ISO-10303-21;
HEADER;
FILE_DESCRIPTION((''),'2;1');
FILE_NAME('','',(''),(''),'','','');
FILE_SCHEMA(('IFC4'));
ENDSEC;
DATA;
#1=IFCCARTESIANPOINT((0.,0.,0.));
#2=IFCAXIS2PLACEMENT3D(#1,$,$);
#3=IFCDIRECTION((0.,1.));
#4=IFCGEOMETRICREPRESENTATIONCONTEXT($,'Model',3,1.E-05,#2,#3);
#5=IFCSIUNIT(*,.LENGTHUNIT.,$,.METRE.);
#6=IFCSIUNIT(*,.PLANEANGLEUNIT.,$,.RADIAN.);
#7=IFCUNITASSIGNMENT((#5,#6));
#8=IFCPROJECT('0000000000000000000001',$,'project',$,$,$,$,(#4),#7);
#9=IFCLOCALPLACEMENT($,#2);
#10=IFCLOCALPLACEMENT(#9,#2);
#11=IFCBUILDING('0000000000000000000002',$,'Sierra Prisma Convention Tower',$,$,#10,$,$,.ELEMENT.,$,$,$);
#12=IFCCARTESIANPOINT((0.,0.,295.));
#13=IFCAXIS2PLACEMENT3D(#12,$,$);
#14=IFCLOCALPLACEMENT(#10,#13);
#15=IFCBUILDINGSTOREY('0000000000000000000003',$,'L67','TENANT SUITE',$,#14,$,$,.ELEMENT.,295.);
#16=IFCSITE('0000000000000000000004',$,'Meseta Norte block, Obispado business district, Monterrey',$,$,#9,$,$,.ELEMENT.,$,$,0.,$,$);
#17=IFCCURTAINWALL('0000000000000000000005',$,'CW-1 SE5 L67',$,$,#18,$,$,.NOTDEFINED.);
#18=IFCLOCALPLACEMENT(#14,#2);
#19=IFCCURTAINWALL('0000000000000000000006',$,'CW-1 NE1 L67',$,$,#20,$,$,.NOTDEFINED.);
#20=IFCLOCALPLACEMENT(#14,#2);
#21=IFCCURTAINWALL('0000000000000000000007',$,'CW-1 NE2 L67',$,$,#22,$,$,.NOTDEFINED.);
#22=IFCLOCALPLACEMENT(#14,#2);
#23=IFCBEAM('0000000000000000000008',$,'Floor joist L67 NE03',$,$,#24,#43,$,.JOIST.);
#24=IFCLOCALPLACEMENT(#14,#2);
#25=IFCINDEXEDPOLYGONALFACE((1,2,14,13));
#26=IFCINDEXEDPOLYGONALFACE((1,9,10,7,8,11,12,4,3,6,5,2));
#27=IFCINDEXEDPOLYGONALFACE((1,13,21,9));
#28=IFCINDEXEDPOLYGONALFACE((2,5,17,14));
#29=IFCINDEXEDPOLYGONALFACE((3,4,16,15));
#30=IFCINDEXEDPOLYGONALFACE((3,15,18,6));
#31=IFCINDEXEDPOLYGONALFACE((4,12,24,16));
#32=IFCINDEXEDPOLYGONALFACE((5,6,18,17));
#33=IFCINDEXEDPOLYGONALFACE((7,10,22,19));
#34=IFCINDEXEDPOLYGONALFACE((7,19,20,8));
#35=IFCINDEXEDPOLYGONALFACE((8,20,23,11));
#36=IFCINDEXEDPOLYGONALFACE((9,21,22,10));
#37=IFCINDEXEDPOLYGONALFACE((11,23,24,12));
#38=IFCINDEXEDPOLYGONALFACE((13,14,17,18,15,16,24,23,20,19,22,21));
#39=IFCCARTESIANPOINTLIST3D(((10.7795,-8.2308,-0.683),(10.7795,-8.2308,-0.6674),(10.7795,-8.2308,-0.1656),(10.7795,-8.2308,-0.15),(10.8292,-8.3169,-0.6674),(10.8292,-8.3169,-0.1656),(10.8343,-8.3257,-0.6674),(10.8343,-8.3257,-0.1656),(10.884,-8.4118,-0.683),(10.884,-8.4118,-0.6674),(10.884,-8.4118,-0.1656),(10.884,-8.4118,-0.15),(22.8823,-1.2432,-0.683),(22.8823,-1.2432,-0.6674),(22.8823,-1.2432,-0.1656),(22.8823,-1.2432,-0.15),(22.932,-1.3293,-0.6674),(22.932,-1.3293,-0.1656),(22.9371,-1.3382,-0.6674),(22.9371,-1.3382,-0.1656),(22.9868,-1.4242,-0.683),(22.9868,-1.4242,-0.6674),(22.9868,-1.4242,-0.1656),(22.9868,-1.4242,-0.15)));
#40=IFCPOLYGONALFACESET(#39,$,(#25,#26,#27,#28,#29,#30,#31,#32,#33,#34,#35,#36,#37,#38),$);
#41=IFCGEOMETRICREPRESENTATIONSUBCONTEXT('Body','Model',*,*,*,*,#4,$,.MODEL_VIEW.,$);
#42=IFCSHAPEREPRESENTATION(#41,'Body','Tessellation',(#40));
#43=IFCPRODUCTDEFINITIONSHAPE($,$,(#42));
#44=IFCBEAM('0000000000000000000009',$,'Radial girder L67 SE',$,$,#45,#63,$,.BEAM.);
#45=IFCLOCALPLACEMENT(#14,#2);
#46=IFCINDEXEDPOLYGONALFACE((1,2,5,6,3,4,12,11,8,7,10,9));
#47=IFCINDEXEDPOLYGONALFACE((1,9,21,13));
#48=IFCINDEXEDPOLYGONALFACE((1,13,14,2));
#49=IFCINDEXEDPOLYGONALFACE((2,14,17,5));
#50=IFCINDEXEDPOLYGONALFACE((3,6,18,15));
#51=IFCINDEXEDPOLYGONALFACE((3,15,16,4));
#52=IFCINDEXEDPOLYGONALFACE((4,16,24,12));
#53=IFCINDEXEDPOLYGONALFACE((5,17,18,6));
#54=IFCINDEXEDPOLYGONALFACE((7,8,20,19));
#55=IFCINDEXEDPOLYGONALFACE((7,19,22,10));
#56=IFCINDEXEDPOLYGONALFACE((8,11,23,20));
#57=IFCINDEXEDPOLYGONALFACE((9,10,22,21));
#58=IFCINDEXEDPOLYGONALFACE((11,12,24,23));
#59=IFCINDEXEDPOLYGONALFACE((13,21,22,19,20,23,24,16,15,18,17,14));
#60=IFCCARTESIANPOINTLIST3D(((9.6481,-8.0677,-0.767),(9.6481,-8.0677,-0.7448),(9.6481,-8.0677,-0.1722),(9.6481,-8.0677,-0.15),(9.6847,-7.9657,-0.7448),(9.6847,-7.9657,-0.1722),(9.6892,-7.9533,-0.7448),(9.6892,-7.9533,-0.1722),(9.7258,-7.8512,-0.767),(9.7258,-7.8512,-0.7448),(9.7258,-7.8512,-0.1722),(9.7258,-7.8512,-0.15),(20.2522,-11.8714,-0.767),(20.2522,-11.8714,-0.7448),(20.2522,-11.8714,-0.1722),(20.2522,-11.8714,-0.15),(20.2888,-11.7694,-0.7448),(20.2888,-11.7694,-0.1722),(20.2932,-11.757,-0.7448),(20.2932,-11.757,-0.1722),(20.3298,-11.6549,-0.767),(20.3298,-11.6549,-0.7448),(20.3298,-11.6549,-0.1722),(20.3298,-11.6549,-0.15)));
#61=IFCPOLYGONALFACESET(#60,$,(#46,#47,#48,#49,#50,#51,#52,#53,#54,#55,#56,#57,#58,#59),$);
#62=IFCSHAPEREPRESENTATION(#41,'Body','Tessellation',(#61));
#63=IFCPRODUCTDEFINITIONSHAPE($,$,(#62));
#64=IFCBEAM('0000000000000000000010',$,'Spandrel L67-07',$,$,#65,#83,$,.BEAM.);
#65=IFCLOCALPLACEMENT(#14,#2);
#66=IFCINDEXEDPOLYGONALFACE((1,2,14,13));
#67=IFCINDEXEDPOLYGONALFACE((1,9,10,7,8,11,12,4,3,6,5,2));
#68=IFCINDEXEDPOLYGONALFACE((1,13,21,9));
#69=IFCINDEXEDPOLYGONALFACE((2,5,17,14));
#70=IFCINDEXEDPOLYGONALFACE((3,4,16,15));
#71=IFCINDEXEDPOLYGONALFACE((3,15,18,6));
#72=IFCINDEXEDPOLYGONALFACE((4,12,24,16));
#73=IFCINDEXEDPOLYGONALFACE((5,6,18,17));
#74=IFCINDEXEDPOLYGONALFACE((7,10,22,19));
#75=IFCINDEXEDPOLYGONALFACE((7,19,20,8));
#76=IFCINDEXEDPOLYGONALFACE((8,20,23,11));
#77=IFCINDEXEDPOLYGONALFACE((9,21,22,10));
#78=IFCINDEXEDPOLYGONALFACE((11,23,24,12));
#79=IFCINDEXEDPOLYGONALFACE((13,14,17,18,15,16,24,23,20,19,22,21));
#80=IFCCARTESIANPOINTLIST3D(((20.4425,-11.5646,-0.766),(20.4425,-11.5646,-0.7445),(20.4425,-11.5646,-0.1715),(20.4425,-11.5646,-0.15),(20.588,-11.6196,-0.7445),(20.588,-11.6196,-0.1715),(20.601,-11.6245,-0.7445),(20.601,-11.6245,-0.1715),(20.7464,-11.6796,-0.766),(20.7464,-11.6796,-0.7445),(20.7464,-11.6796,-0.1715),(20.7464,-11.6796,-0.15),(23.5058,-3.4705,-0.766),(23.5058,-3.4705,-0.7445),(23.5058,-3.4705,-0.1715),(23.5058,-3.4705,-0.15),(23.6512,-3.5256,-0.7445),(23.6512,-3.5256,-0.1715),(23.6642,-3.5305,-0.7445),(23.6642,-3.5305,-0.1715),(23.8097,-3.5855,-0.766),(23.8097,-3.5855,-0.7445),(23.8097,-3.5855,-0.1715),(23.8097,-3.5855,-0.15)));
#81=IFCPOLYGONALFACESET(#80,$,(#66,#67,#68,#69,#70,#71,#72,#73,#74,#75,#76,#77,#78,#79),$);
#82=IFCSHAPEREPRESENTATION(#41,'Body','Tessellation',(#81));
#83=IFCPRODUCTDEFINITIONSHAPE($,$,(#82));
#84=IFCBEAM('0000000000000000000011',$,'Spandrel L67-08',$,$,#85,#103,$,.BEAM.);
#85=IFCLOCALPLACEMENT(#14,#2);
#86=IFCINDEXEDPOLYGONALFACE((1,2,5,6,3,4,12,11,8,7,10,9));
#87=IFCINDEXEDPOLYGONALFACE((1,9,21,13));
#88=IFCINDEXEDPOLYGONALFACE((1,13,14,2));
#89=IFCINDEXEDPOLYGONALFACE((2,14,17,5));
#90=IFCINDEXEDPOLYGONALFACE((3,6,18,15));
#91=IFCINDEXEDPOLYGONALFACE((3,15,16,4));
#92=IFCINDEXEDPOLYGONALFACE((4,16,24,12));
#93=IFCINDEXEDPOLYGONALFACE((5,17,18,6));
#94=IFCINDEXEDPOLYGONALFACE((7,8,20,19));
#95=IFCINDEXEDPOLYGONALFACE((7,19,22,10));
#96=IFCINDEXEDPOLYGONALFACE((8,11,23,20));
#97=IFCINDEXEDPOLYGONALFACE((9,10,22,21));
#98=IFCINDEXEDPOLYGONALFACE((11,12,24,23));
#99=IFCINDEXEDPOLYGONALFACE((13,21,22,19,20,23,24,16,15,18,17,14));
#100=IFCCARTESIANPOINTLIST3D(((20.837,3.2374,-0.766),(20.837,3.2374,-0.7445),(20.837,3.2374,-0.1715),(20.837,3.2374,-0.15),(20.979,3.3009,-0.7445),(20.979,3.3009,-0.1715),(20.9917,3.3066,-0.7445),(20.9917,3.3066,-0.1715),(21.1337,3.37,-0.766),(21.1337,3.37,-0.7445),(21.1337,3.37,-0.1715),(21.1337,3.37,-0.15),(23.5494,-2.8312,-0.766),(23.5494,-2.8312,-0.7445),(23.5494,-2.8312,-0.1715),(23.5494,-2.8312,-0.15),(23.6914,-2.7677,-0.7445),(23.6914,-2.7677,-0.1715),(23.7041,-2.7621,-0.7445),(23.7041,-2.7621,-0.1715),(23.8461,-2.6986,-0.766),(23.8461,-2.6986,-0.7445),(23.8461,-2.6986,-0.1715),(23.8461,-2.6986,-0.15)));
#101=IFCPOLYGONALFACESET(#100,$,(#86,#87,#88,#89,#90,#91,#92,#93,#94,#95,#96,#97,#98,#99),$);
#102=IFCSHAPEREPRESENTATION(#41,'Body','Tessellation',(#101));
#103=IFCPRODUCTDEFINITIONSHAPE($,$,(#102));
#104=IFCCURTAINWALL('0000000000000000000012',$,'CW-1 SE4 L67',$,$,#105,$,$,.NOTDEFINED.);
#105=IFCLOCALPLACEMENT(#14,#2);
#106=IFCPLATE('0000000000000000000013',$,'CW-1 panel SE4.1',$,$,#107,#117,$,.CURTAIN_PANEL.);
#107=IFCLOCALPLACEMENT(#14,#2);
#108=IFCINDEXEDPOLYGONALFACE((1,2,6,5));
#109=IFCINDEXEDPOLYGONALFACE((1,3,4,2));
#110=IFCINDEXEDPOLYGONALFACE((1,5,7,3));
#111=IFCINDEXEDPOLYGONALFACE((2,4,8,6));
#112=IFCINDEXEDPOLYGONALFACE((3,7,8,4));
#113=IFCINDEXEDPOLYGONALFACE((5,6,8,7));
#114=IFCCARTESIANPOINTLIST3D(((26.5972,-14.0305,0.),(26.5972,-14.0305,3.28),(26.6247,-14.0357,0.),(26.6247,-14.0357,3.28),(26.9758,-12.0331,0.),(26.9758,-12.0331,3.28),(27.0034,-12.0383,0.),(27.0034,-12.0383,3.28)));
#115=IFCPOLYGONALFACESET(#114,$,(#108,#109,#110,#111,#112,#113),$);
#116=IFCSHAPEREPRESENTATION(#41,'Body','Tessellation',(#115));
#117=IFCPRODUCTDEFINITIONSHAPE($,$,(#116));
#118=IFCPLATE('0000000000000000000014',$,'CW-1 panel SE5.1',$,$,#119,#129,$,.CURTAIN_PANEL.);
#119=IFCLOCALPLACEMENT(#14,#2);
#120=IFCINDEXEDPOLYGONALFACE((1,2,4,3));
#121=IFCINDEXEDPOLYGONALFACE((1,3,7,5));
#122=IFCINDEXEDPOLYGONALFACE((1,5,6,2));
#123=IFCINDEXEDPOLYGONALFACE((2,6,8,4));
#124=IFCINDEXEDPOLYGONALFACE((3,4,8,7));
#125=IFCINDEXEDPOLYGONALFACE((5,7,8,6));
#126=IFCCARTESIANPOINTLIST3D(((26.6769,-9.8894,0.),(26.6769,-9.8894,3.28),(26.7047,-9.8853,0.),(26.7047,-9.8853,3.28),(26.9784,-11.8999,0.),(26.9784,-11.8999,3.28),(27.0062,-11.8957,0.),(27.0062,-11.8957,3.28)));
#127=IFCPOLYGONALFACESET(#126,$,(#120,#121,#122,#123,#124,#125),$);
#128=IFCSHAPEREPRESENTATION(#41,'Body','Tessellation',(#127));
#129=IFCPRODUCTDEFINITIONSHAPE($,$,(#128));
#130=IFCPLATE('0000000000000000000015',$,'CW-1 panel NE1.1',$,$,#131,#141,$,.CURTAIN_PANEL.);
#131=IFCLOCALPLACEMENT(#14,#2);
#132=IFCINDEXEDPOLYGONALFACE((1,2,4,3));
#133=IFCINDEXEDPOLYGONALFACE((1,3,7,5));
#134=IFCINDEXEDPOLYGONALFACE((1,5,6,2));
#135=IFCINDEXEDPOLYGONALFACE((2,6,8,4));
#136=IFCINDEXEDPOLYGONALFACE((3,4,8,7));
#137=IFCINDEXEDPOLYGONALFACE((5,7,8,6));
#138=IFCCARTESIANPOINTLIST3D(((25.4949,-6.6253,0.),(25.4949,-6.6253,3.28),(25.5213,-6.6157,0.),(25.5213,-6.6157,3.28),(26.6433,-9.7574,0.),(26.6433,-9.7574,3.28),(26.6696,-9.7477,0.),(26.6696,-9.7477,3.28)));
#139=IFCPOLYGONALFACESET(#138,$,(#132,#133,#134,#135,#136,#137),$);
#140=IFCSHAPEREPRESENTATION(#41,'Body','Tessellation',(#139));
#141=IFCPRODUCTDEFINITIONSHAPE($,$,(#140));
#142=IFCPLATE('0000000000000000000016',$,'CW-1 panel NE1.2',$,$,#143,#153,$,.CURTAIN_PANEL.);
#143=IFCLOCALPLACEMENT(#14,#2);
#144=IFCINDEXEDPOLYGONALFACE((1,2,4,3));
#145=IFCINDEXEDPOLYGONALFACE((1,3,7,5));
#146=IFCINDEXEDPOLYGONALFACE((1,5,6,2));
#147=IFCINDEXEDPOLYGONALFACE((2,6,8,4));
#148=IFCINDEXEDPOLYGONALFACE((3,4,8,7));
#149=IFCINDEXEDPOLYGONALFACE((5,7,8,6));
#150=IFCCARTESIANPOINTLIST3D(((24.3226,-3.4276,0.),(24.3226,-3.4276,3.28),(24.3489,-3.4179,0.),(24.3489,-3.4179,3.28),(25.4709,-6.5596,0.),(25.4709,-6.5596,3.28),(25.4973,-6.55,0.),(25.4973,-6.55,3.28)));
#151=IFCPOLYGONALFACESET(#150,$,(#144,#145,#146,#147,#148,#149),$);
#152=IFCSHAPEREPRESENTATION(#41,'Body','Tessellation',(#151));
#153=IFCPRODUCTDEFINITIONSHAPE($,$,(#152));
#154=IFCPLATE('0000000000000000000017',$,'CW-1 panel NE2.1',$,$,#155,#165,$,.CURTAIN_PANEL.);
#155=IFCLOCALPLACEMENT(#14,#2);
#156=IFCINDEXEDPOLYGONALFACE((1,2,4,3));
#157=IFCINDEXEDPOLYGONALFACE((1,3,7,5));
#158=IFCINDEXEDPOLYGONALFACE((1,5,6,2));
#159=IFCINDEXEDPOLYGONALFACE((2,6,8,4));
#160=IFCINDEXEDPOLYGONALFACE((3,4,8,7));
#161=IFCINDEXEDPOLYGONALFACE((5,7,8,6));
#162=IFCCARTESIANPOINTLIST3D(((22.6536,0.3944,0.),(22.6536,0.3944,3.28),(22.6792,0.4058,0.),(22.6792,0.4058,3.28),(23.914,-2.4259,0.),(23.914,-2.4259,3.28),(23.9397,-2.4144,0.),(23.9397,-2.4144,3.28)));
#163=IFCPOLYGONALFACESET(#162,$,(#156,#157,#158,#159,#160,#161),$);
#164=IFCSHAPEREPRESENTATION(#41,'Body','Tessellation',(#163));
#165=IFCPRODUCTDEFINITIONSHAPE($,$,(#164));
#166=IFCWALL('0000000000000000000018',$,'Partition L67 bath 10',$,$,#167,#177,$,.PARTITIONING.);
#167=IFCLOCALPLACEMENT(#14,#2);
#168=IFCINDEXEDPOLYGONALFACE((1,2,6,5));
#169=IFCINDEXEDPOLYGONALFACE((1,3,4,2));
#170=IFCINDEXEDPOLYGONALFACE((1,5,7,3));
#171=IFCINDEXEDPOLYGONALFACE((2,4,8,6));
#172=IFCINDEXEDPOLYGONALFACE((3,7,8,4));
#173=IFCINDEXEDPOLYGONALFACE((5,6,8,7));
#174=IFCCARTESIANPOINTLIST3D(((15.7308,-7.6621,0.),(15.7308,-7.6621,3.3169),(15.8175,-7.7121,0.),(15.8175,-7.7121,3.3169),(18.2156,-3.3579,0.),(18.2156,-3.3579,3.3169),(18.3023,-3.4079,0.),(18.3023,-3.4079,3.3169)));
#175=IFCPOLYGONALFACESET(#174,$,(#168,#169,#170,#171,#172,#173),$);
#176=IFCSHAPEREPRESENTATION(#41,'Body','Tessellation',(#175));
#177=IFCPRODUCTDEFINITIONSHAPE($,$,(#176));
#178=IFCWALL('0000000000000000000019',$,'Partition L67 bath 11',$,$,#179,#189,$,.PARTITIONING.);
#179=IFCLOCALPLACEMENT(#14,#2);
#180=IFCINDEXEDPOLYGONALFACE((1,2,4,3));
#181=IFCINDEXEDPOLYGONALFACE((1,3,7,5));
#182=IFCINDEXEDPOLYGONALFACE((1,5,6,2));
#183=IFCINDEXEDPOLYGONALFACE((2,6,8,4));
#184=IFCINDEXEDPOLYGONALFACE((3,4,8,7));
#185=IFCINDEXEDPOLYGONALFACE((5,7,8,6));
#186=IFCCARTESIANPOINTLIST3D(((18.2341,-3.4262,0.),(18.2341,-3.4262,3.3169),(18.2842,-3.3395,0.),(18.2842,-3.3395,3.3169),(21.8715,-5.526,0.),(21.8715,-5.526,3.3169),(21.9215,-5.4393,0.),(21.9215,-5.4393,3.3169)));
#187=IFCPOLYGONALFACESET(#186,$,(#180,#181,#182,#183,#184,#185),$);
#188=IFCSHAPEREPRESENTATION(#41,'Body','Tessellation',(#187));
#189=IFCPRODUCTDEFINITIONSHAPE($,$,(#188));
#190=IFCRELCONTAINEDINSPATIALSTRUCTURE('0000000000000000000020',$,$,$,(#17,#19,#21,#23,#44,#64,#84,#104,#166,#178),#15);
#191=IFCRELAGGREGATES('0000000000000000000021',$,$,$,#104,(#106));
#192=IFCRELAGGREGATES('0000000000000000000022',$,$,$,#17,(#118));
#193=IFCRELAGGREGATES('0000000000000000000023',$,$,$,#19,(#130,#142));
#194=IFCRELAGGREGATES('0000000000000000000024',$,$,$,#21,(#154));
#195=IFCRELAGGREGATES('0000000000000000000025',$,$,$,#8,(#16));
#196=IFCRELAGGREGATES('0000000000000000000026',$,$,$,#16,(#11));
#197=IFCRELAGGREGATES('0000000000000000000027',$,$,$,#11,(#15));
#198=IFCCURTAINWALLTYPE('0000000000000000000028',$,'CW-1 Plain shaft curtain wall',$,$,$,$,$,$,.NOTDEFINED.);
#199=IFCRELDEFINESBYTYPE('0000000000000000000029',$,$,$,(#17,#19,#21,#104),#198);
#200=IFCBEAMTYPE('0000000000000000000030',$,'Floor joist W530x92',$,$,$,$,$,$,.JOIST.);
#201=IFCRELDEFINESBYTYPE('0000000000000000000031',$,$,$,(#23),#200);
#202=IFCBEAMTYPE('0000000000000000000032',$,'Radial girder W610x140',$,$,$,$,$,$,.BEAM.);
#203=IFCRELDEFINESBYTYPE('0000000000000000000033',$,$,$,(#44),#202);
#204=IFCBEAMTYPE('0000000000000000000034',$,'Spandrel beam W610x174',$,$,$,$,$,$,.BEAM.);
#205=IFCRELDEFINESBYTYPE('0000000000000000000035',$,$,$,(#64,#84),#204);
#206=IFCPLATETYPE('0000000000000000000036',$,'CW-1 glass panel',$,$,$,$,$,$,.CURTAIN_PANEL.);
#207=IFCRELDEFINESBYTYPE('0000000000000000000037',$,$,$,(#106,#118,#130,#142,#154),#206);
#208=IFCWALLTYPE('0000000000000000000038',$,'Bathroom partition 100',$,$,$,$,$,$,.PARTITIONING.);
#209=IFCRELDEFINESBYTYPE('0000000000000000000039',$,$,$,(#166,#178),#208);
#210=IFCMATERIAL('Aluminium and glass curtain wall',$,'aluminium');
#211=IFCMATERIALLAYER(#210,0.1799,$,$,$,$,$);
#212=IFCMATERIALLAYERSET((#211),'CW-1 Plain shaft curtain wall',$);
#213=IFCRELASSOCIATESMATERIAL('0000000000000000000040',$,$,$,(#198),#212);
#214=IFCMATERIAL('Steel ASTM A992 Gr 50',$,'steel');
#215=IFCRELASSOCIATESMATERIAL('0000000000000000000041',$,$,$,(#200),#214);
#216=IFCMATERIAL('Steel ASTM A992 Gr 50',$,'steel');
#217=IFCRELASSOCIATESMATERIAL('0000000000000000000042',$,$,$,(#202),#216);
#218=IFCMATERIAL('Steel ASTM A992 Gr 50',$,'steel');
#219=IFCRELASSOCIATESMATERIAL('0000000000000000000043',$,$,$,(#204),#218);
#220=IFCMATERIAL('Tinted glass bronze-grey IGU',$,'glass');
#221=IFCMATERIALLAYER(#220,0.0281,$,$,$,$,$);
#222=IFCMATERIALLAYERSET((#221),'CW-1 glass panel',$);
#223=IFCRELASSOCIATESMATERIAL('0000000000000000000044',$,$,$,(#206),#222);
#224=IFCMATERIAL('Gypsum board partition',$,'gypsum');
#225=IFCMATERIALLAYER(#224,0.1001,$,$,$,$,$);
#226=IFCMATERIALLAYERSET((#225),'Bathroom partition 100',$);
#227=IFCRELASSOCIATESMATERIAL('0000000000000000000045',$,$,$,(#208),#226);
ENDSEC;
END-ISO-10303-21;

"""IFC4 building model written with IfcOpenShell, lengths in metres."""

from ifc_helpers import new_model, si_unit, direction, frame, frame_2d, origin, origin_2d, place, context, subcontext, project, spatial, rectangle, i_section, extrude, material, layer, layer_set, material_profile, profile_set, type_object, element, aggregate, save


model = new_model("IFC4")

# Units and contexts
model_context = context("Model", 3, precision=1e-05, world=origin(), true_north=direction((0.0, 1.0)))
body_context = subcontext(model_context, "Body", "Model", "MODEL_VIEW")
ifc_project = project(units=[si_unit("LENGTHUNIT", "METRE"), si_unit("PLANEANGLEUNIT", "RADIAN")], contexts=[model_context])

# Site, building, storey
site_placement = place(None, origin())
site = spatial("IfcSite", under=ifc_project, at=site_placement, Name="Meseta Norte block, Obispado business district, Monterrey", CompositionType="ELEMENT", RefElevation=0.0)
building_placement = place(site_placement, origin())
building = spatial("IfcBuilding", under=site, at=building_placement, Name="Sierra Prisma Convention Tower", CompositionType="ELEMENT")
storey_placement = place(building_placement, frame((0.0, 0.0, 295.0)))
storey = spatial("IfcBuildingStorey", under=building, at=storey_placement, Name="L67", Description="TENANT SUITE", CompositionType="ELEMENT", Elevation=295.0)

# Curtain wall
ifc_material_1 = material(Name="Aluminium and glass curtain wall", Category="aluminium")
ifc_layer_1 = layer(ifc_material_1, 0.1799)
ifc_layer_set_1 = layer_set([ifc_layer_1], Name="CW-1 Plain shaft curtain wall")
curtain_wall_type = type_object("IfcCurtainWallType", Name="CW-1 Plain shaft curtain wall", PredefinedType="NOTDEFINED", material=ifc_layer_set_1)
curtain_wall_1_placement = place(storey_placement, origin())
curtain_wall_1 = element("IfcCurtainWall", 1, at=curtain_wall_1_placement, inside=storey, type_object=curtain_wall_type, Name="CW-1 SE5 L67", PredefinedType="NOTDEFINED")

# Curtain wall
curtain_wall_2_placement = place(storey_placement, origin())
curtain_wall_2 = element("IfcCurtainWall", 2, at=curtain_wall_2_placement, inside=storey, type_object=curtain_wall_type, Name="CW-1 NE1 L67", PredefinedType="NOTDEFINED")

# Curtain wall
curtain_wall_3_placement = place(storey_placement, origin())
curtain_wall_3 = element("IfcCurtainWall", 3, at=curtain_wall_3_placement, inside=storey, type_object=curtain_wall_type, Name="CW-1 NE2 L67", PredefinedType="NOTDEFINED")

# Beams
ifc_material_2 = material(Name="Steel ASTM A992 Gr 50", Category="steel")
ifc_material_profile_1 = material_profile(ifc_material_2, i_section(OverallWidth=0.209, OverallDepth=0.533, WebThickness=0.0103, FlangeThickness=0.0156, at=origin_2d()), Name="W530x92")
ifc_profile_set_1 = profile_set([ifc_material_profile_1], Name="Steel ASTM A992 Gr 50")
beam_type_1 = type_object("IfcBeamType", Name="Floor joist W530x92", PredefinedType="JOIST", material=ifc_profile_set_1)
beam_1_placement = place(storey_placement, frame((22.9346, -1.3337, -0.4165), z_axis=(-0.866025, -0.5, 0.0), x_axis=(0.5, -0.866025, 0.0)))
element("IfcBeam", 4, at=beam_1_placement, inside=storey, type_object=beam_type_1, Name="Floor joist L67 NE03", PredefinedType="JOIST", context=body_context, shape_type="SweptSolid", body=[
    extrude(i_section(OverallWidth=0.209, OverallDepth=0.533, WebThickness=0.0103, FlangeThickness=0.0156, at=origin_2d()), origin(), (0.0, 0.0, 1.0), 13.9751),
])
ifc_material_3 = material(Name="Steel ASTM A992 Gr 50", Category="steel")
ifc_material_profile_2 = material_profile(ifc_material_3, i_section(OverallWidth=0.23, OverallDepth=0.6169, WebThickness=0.0132, FlangeThickness=0.0222, at=origin_2d()), Name="W610x140")
ifc_profile_set_2 = profile_set([ifc_material_profile_2], Name="Steel ASTM A992 Gr 50")
beam_type_2 = type_object("IfcBeamType", Name="Radial girder W610x140", PredefinedType="BEAM", material=ifc_profile_set_2)
beam_2_placement = place(storey_placement, frame((20.291, -11.7632, -0.4585), z_axis=(-0.941275, 0.33764, 0.0), x_axis=(-0.33764, -0.941275, 0.0)))
element("IfcBeam", 5, at=beam_2_placement, inside=storey, type_object=beam_type_2, Name="Radial girder L67 SE", PredefinedType="BEAM", context=body_context, shape_type="SweptSolid", body=[
    extrude(i_section(OverallWidth=0.23, OverallDepth=0.6169, WebThickness=0.0132, FlangeThickness=0.0222, at=origin_2d()), origin(), (0.0, 0.0, 1.0), 11.2656),
])
ifc_material_4 = material(Name="Steel ASTM A992 Gr 50", Category="steel")
ifc_material_profile_3 = material_profile(ifc_material_4, i_section(OverallWidth=0.325, OverallDepth=0.616, WebThickness=0.0139, FlangeThickness=0.0215, at=origin_2d()), Name="W610x174")
ifc_profile_set_3 = profile_set([ifc_material_profile_3], Name="Steel ASTM A992 Gr 50")
beam_type_3 = type_object("IfcBeamType", Name="Spandrel beam W610x174", PredefinedType="BEAM", material=ifc_profile_set_3)
beam_3_placement = place(storey_placement, frame((20.5945, -11.6221, -0.458), z_axis=(0.353957, 0.935262, 0.0), x_axis=(-0.935262, 0.353957, 0.0)))
element("IfcBeam", 6, at=beam_3_placement, inside=storey, type_object=beam_type_3, Name="Spandrel L67-07", PredefinedType="BEAM", context=body_context, shape_type="SweptSolid", body=[
    extrude(i_section(OverallWidth=0.325, OverallDepth=0.616, WebThickness=0.0139, FlangeThickness=0.0215, at=origin_2d()), origin(), (0.0, 0.0, 1.0), 8.6543),
])
beam_4_placement = place(storey_placement, frame((23.6978, -2.7649, -0.458), z_axis=(-0.408053, 0.912958, 0.0), x_axis=(-0.912958, -0.408053, 0.0)))
element("IfcBeam", 7, at=beam_4_placement, inside=storey, type_object=beam_type_3, Name="Spandrel L67-08", PredefinedType="BEAM", context=body_context, shape_type="SweptSolid", body=[
    extrude(i_section(OverallWidth=0.325, OverallDepth=0.616, WebThickness=0.0139, FlangeThickness=0.0215, at=origin_2d()), origin(), (0.0, 0.0, 1.0), 6.6472),
])

# Curtain wall, plate
curtain_wall_4_placement = place(storey_placement, origin())
curtain_wall_4 = element("IfcCurtainWall", 8, at=curtain_wall_4_placement, inside=storey, type_object=curtain_wall_type, Name="CW-1 SE4 L67", PredefinedType="NOTDEFINED")
ifc_material_5 = material(Name="Tinted glass bronze-grey IGU", Category="glass")
ifc_layer_2 = layer(ifc_material_5, 0.0281)
ifc_layer_set_2 = layer_set([ifc_layer_2], Name="CW-1 glass panel")
plate_type = type_object("IfcPlateType", Name="CW-1 glass panel", PredefinedType="CURTAIN_PANEL", material=ifc_layer_set_2)
plate_1_placement = place(storey_placement, frame((26.8003, -13.0344, 0.0), z_axis=(0.0, 0.0, 1.0), x_axis=(0.18627, 0.982499, 0.0)))
plate_1 = element("IfcPlate", 9, at=plate_1_placement, type_object=plate_type, Name="CW-1 panel SE4.1", PredefinedType="CURTAIN_PANEL", context=body_context, shape_type="SweptSolid", body=[
    extrude(rectangle(XDim=2.033, YDim=0.0281, at=origin_2d()), origin(), (0.0, 0.0, 1.0), 3.28),
])
aggregate(curtain_wall_4, [plate_1])

# Plates
plate_2_placement = place(storey_placement, frame((26.8416, -10.8926, 0.0), z_axis=(0.0, 0.0, 1.0), x_axis=(-0.148322, 0.988939, 0.0)))
plate_2 = element("IfcPlate", 10, at=plate_2_placement, type_object=plate_type, Name="CW-1 panel SE5.1", PredefinedType="CURTAIN_PANEL", context=body_context, shape_type="SweptSolid", body=[
    extrude(rectangle(XDim=2.033, YDim=0.0281, at=origin_2d()), origin(), (0.0, 0.0, 1.0), 3.28),
])
aggregate(curtain_wall_1, [plate_2])
plate_3_placement = place(storey_placement, frame((26.0823, -8.1865, 0.0), z_axis=(0.0, 0.0, 1.0), x_axis=(-0.344234, 0.938884, 0.0)))
plate_3 = element("IfcPlate", 11, at=plate_3_placement, type_object=plate_type, Name="CW-1 panel NE1.1", PredefinedType="CURTAIN_PANEL", context=body_context, shape_type="SweptSolid", body=[
    extrude(rectangle(XDim=3.3359, YDim=0.0281, at=origin_2d()), origin(), (0.0, 0.0, 1.0), 3.28),
])
plate_4_placement = place(storey_placement, frame((24.9099, -4.9888, 0.0), z_axis=(0.0, 0.0, 1.0), x_axis=(-0.344234, 0.938884, 0.0)))
plate_4 = element("IfcPlate", 12, at=plate_4_placement, type_object=plate_type, Name="CW-1 panel NE1.2", PredefinedType="CURTAIN_PANEL", context=body_context, shape_type="SweptSolid", body=[
    extrude(rectangle(XDim=3.3359, YDim=0.0281, at=origin_2d()), origin(), (0.0, 0.0, 1.0), 3.28),
])
aggregate(curtain_wall_2, [plate_3, plate_4])
plate_5_placement = place(storey_placement, frame((23.2966, -1.01, 0.0), z_axis=(0.0, 0.0, 1.0), x_axis=(-0.408028, 0.912969, 0.0)))
plate_5 = element("IfcPlate", 13, at=plate_5_placement, type_object=plate_type, Name="CW-1 panel NE2.1", PredefinedType="CURTAIN_PANEL", context=body_context, shape_type="SweptSolid", body=[
    extrude(rectangle(XDim=3.0891, YDim=0.0281, at=origin_2d()), origin(), (0.0, 0.0, 1.0), 3.28),
])
aggregate(curtain_wall_3, [plate_5])

# Walls
ifc_material_6 = material(Name="Gypsum board partition", Category="gypsum")
ifc_layer_3 = layer(ifc_material_6, 0.1001)
ifc_layer_set_3 = layer_set([ifc_layer_3], Name="Bathroom partition 100")
wall_type_1 = type_object("IfcWallType", Name="Bathroom partition 100", PredefinedType="PARTITIONING", material=ifc_layer_set_3)
wall_1_placement = place(storey_placement, frame((15.7742, -7.687, 0.0), z_axis=(0.0, 0.0, 1.0), x_axis=(0.499975, 0.86604, 0.0)))
element("IfcWall", 14, at=wall_1_placement, inside=storey, type_object=wall_type_1, Name="Partition L67 bath 10", PredefinedType="PARTITIONING", context=body_context, shape_type="SweptSolid", body=[
    extrude(rectangle(XDim=4.97, YDim=0.1001, at=frame_2d((2.4849, 0.0))), origin(), (0.0, 0.0, 1.0), 3.3169),
])
wall_2_placement = place(storey_placement, frame((18.259, -3.3828, 0.0), z_axis=(0.0, 0.0, 1.0), x_axis=(0.866049, -0.499959, 0.0)))
element("IfcWall", 15, at=wall_2_placement, inside=storey, type_object=wall_type_1, Name="Partition L67 bath 11", PredefinedType="PARTITIONING", context=body_context, shape_type="SweptSolid", body=[
    extrude(rectangle(XDim=4.2, YDim=0.1001, at=frame_2d((2.1001, 0.0))), origin(), (0.0, 0.0, 1.0), 3.3169),
])

save(model, "model.ifc")
